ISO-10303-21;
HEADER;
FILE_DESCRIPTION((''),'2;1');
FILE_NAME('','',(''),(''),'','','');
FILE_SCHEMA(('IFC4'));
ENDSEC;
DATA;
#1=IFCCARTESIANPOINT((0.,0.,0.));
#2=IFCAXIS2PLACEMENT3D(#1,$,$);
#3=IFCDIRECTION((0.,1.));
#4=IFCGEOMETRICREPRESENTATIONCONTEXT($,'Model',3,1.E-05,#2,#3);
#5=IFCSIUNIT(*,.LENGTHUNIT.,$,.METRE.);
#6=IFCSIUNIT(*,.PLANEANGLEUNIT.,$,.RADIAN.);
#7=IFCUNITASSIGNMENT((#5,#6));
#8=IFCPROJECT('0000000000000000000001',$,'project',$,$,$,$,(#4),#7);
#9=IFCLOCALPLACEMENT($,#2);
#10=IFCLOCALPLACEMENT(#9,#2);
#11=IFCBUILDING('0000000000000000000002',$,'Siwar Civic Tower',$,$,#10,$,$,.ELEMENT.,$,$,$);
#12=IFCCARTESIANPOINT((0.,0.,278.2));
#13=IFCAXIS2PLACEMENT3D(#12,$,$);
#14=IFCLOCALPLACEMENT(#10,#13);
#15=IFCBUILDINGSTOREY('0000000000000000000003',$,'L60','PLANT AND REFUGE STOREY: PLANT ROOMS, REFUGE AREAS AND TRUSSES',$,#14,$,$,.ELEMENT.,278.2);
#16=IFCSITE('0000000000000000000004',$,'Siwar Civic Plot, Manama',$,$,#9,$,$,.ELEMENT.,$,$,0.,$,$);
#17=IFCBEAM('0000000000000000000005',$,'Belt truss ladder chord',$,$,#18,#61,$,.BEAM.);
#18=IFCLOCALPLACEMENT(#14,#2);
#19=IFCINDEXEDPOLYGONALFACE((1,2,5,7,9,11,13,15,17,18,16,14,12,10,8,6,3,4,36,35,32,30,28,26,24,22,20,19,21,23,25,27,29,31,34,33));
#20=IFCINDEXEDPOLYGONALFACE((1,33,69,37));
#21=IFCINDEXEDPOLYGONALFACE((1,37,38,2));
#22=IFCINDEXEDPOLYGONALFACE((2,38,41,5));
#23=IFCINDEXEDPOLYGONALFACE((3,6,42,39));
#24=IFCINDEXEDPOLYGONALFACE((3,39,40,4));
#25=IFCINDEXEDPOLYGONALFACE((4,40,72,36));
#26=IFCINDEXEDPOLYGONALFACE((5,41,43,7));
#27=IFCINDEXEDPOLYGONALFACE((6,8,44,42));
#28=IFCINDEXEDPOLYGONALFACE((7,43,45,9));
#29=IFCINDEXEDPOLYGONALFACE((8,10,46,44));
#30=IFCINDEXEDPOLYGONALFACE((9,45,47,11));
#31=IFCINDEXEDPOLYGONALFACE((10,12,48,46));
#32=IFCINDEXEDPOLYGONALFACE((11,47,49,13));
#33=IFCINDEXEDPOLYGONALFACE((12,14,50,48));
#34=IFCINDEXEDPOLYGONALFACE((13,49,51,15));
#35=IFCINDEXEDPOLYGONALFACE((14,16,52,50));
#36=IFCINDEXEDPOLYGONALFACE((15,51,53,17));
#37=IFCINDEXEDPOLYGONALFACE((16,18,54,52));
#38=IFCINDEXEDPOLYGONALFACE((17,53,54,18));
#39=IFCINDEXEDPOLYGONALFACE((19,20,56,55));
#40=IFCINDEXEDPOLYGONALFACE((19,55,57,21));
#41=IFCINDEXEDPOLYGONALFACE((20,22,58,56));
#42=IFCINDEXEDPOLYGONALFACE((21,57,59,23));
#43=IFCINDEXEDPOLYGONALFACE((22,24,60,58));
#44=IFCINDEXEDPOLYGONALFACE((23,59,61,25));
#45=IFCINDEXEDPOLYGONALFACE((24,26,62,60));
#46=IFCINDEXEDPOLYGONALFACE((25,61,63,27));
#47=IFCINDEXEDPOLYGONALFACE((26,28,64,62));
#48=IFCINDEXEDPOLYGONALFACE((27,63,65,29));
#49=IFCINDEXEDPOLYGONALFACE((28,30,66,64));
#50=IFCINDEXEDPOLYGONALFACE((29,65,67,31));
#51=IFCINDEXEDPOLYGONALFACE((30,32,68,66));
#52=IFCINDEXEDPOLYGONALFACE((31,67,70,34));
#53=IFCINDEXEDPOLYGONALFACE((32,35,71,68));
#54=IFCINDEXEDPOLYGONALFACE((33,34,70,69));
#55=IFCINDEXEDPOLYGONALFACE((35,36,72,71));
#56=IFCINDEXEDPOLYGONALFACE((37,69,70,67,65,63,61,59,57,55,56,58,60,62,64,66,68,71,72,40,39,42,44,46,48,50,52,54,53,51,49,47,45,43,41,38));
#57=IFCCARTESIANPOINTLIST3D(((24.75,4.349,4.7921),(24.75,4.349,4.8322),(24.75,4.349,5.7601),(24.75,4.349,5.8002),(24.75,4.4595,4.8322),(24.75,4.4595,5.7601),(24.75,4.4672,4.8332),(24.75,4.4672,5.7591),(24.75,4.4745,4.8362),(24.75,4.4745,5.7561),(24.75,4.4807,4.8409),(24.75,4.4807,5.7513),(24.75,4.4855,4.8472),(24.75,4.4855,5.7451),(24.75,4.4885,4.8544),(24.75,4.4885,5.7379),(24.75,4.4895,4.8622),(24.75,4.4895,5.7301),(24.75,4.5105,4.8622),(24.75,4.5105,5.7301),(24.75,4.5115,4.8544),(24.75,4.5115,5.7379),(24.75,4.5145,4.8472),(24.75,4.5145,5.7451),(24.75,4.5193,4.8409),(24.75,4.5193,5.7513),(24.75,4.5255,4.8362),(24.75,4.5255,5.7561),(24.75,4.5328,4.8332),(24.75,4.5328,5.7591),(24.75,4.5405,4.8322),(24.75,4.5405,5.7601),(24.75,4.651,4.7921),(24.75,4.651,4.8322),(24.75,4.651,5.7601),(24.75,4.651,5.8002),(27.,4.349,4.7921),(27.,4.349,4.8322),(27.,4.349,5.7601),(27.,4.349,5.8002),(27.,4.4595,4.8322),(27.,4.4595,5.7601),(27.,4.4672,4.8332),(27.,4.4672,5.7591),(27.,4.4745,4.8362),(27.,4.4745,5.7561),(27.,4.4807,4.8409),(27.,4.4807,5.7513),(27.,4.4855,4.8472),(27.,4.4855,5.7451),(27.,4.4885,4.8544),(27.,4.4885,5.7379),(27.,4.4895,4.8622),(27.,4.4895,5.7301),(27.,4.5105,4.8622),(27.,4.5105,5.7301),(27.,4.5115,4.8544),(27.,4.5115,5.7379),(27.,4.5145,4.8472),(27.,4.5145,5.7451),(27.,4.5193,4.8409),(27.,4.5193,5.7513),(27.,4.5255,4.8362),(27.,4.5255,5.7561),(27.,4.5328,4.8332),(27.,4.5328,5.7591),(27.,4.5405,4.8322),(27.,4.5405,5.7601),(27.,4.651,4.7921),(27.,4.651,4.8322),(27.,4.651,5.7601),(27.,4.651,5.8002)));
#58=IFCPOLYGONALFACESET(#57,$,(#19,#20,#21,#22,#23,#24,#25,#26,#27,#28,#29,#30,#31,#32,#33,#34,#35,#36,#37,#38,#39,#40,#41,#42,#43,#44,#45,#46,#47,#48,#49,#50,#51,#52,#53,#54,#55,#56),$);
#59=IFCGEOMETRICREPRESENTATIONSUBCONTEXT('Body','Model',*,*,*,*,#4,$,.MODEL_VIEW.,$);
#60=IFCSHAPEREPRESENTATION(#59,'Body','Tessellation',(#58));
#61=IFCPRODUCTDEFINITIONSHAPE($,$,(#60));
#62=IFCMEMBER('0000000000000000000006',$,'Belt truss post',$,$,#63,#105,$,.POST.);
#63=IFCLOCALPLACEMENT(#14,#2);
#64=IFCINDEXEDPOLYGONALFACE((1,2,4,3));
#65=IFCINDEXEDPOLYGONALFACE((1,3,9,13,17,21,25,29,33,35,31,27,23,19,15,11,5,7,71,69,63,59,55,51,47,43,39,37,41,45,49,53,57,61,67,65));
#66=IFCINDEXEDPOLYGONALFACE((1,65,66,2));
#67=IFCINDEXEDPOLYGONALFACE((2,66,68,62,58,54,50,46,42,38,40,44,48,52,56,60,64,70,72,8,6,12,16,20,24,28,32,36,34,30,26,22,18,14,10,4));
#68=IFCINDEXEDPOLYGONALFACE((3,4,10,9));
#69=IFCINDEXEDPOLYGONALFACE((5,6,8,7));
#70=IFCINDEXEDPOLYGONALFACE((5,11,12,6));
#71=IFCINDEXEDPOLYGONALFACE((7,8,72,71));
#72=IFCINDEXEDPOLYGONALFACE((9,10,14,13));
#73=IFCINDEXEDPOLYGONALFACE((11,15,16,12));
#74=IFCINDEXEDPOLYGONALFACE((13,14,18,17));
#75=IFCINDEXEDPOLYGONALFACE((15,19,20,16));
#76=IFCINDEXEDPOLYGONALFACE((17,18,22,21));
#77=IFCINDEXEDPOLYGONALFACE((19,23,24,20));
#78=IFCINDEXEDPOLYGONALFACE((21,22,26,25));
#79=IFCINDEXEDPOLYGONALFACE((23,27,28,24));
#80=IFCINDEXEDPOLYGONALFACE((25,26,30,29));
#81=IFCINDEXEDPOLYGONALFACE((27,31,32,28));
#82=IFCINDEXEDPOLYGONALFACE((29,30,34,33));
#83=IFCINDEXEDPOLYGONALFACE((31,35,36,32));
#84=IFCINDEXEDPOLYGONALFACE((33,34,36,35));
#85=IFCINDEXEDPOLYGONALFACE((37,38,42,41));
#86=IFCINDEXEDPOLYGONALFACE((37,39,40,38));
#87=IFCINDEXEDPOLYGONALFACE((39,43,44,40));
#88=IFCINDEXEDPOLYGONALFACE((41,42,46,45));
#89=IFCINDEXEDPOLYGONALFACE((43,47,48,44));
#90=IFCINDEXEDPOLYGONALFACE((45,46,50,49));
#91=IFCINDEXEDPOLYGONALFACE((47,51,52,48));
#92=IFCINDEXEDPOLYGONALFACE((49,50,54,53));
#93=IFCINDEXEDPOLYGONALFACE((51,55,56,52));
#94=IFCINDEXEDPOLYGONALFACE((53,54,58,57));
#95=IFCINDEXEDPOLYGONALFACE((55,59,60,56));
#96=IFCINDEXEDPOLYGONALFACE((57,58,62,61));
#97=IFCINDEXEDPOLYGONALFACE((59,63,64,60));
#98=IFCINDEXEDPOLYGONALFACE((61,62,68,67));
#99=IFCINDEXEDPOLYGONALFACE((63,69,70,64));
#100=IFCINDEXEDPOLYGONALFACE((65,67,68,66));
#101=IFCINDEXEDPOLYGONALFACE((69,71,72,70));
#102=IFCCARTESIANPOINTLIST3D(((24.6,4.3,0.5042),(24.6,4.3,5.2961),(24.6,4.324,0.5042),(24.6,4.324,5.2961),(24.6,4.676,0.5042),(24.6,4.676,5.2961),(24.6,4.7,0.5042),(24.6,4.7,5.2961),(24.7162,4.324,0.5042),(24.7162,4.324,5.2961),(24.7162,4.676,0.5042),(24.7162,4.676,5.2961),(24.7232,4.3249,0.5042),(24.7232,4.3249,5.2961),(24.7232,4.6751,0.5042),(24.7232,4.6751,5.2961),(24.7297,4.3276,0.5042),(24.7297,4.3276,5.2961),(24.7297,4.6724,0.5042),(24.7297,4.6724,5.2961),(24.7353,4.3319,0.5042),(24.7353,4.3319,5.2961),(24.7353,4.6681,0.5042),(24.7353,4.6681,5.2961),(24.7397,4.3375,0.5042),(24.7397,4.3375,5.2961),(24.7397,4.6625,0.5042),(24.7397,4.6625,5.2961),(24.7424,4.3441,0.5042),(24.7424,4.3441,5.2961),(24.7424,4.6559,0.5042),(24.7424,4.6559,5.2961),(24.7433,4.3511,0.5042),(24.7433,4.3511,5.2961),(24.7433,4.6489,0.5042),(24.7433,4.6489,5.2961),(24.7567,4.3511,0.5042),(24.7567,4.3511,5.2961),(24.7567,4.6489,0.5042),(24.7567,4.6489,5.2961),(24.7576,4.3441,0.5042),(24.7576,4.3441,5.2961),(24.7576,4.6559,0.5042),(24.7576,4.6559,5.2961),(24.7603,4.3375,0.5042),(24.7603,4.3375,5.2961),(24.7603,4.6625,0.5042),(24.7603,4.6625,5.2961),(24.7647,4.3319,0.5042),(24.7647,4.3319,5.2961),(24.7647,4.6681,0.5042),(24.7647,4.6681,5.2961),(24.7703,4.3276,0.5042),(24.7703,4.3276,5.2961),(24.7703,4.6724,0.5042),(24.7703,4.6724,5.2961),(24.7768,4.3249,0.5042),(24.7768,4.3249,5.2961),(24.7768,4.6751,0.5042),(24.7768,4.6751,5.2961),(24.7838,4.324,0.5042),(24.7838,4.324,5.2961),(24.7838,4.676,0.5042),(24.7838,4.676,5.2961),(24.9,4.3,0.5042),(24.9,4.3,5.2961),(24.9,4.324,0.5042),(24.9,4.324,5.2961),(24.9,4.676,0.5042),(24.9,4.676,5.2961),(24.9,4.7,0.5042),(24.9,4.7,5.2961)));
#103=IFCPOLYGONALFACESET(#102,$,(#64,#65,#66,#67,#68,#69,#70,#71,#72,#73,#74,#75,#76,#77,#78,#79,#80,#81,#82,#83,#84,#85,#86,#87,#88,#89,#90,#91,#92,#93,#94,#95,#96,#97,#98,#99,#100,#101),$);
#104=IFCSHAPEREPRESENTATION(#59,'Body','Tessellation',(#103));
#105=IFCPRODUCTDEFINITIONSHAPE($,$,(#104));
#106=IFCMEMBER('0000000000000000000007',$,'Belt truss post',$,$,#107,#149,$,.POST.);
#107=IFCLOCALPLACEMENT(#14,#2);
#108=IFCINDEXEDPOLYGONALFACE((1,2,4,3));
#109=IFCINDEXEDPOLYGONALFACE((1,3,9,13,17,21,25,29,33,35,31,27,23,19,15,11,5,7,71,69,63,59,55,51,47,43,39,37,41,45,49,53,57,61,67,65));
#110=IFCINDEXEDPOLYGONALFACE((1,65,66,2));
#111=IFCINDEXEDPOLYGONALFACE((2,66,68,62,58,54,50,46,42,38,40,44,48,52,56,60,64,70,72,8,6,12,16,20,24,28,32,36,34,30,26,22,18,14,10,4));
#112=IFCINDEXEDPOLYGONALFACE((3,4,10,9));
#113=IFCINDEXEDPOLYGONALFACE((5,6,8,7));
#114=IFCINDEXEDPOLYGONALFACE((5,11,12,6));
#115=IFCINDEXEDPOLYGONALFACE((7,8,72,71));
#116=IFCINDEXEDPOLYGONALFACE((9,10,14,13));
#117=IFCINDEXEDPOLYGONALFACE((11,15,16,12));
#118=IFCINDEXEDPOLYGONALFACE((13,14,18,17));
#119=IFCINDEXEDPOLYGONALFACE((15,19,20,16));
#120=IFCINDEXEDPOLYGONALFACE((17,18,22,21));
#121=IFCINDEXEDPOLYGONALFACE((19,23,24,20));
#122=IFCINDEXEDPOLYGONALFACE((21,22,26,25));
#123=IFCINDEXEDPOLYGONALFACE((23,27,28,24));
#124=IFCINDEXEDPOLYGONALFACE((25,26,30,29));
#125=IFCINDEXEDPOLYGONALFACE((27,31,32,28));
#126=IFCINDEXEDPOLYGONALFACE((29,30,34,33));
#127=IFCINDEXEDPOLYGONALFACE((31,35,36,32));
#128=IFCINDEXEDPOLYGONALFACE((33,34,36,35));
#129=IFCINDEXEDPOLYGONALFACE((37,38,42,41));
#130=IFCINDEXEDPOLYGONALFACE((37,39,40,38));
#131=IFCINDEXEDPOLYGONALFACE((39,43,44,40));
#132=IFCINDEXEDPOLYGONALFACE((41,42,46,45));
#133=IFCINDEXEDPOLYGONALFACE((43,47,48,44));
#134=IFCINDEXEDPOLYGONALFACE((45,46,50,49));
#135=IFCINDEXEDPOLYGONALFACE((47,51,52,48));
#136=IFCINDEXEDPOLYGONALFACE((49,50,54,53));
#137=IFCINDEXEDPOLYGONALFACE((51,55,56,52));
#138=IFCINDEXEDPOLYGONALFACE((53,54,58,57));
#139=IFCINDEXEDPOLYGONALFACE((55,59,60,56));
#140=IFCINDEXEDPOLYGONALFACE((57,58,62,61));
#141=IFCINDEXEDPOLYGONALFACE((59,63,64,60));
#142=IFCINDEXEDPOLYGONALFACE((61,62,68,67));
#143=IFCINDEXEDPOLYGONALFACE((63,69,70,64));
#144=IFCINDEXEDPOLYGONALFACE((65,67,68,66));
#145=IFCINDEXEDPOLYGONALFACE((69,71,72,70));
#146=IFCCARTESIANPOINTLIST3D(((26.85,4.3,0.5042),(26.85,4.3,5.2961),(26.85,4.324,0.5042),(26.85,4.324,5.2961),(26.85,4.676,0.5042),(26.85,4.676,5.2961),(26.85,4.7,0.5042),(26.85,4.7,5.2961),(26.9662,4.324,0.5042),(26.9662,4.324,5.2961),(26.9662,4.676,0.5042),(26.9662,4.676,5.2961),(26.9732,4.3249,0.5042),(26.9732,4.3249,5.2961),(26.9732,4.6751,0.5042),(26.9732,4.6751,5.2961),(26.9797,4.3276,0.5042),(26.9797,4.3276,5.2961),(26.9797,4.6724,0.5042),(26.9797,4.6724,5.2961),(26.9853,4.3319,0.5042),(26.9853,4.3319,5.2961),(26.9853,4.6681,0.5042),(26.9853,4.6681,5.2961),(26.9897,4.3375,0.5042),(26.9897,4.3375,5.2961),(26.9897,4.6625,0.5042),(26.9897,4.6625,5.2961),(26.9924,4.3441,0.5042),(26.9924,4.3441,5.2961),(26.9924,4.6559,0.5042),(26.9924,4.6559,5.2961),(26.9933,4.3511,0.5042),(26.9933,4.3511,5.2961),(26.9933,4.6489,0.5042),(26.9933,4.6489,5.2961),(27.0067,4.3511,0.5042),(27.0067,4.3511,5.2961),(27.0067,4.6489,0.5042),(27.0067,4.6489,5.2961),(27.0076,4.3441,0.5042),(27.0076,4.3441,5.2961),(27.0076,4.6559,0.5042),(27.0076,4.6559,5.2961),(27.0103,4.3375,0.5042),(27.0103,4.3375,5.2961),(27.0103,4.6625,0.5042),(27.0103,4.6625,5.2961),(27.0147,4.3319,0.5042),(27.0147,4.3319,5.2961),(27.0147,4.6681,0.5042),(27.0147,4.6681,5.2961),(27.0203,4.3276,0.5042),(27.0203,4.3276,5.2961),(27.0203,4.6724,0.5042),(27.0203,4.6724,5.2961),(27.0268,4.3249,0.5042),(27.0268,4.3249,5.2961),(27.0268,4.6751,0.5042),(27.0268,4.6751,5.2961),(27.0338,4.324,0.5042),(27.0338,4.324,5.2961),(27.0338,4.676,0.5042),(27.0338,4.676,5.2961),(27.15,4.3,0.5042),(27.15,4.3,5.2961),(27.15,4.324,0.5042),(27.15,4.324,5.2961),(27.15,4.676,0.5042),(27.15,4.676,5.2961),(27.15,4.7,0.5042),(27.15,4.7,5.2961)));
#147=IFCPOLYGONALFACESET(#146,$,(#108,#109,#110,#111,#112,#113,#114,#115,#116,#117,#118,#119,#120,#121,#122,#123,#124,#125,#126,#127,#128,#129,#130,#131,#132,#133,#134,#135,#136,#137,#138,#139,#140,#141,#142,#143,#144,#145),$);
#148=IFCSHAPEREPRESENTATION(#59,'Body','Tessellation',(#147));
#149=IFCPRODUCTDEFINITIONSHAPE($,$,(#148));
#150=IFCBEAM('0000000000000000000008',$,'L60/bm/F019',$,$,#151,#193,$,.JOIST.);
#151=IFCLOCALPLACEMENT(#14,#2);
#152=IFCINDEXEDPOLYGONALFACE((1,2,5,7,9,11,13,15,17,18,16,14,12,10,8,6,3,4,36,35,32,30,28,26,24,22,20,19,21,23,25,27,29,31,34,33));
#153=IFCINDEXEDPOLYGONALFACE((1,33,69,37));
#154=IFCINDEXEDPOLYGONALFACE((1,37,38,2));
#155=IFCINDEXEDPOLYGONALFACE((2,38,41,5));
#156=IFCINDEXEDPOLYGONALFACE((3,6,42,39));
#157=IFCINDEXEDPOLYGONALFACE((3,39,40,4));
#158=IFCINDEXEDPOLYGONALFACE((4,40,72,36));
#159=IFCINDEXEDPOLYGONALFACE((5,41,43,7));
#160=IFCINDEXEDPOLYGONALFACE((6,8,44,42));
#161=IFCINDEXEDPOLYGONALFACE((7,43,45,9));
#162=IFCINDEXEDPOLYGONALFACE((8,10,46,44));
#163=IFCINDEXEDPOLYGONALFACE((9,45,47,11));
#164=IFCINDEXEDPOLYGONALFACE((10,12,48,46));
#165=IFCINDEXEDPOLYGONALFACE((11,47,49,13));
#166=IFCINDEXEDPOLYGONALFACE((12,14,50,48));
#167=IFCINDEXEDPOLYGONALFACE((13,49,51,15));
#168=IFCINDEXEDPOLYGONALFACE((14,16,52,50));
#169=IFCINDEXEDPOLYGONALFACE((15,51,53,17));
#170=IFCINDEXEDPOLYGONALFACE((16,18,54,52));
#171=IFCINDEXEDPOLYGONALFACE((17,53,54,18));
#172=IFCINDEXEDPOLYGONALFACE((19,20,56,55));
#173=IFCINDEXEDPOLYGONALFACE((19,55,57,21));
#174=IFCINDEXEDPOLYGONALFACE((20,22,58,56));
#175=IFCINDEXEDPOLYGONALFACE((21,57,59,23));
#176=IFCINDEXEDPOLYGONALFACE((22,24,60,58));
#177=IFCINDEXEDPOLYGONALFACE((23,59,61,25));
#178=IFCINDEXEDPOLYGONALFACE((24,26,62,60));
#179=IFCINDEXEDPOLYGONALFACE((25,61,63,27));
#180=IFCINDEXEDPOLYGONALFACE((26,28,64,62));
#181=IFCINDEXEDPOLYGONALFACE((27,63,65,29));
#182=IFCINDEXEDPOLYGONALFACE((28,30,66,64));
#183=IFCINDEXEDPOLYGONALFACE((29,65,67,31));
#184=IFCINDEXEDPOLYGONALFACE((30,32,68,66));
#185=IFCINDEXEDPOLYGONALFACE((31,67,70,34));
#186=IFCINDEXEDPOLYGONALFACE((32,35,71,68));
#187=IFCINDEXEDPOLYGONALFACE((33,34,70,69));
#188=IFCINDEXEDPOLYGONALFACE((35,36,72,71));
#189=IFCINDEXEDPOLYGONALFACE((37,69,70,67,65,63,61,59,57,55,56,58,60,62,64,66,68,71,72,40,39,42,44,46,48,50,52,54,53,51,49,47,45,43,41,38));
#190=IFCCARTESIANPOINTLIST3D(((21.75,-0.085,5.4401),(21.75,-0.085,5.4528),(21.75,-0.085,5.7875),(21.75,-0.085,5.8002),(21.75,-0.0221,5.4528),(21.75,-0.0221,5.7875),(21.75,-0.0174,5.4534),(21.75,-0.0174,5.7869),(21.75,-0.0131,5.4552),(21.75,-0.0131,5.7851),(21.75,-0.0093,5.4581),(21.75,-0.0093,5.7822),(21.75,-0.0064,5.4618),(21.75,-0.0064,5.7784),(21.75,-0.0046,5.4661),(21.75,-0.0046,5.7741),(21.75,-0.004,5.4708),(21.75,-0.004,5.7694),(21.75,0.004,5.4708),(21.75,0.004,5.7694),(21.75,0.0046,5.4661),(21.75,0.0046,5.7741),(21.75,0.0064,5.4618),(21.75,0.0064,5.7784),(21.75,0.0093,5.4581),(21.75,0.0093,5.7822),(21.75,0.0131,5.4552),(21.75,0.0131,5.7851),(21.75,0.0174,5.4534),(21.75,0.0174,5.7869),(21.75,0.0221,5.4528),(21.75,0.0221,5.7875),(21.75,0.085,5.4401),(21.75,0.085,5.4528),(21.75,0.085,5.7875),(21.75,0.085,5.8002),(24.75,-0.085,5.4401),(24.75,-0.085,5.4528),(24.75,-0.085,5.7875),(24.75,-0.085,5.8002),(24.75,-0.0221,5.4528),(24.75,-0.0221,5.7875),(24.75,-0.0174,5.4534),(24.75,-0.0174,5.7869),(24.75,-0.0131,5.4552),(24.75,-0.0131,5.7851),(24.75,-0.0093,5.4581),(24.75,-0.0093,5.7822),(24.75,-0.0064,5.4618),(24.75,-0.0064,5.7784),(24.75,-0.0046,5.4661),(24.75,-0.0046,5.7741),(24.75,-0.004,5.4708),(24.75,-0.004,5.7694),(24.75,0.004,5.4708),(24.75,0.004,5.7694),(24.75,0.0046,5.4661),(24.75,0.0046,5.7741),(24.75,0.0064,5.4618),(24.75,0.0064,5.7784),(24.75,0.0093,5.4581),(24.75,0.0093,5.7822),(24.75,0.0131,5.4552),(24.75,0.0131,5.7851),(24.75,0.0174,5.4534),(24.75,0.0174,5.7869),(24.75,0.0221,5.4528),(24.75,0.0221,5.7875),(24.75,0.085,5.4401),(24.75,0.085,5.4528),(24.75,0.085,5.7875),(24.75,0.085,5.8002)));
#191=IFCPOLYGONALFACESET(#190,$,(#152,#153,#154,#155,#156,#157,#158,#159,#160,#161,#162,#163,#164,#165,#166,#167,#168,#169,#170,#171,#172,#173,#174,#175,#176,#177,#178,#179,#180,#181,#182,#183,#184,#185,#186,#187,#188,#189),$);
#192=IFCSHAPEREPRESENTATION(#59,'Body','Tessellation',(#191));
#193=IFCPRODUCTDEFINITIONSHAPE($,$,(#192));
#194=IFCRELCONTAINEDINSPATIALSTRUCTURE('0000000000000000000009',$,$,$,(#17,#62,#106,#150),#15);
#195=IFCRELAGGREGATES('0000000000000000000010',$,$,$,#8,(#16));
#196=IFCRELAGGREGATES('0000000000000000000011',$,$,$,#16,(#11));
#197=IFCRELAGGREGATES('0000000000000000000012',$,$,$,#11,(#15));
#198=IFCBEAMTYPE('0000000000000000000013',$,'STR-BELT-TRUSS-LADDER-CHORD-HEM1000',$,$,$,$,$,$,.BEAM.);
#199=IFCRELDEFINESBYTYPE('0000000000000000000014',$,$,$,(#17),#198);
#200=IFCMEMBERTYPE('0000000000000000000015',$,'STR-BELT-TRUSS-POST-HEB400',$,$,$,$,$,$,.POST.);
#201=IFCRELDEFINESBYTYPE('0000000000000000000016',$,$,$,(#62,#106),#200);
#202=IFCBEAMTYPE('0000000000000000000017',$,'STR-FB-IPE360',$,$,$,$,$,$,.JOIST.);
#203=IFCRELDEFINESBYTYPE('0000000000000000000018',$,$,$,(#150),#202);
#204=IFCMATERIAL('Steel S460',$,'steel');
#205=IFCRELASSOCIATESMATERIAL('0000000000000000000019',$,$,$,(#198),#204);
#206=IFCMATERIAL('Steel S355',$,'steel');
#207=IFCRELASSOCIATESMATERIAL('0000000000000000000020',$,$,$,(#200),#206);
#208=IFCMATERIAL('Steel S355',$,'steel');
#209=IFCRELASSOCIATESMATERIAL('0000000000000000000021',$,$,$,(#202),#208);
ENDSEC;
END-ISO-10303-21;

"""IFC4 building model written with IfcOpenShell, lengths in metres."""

from ifc_helpers import new_model, si_unit, direction, frame, origin, origin_2d, place, context, subcontext, project, spatial, i_section, extrude, material, material_profile, profile_set, type_object, element, save


model = new_model("IFC4")

# Units and contexts
model_context = context("Model", 3, precision=1e-05, world=origin(), true_north=direction((0.0, 1.0)))
body_context = subcontext(model_context, "Body", "Model", "MODEL_VIEW")
ifc_project = project(units=[si_unit("LENGTHUNIT", "METRE"), si_unit("PLANEANGLEUNIT", "RADIAN")], contexts=[model_context])

# Site, building, storey
site_placement = place(None, origin())
site = spatial("IfcSite", under=ifc_project, at=site_placement, Name="Siwar Civic Plot, Manama", CompositionType="ELEMENT", RefElevation=0.0)
building_placement = place(site_placement, origin())
building = spatial("IfcBuilding", under=site, at=building_placement, Name="Siwar Civic Tower", CompositionType="ELEMENT")
storey_placement = place(building_placement, frame((0.0, 0.0, 278.2)))
storey = spatial("IfcBuildingStorey", under=building, at=storey_placement, Name="L60", Description="PLANT AND REFUGE STOREY: PLANT ROOMS, REFUGE AREAS AND TRUSSES", CompositionType="ELEMENT", Elevation=278.2)

# Beam
ifc_material_1 = material(Name="Steel S460", Category="steel")
ifc_material_profile_1 = material_profile(ifc_material_1, i_section(OverallWidth=0.302, OverallDepth=1.0081, WebThickness=0.021, FlangeThickness=0.04, FilletRadius=0.03, at=origin_2d()), Name="HEM1000")
ifc_profile_set_1 = profile_set([ifc_material_profile_1], Name="Steel S460")
beam_type_1 = type_object("IfcBeamType", Name="STR-BELT-TRUSS-LADDER-CHORD-HEM1000", PredefinedType="BEAM", material=ifc_profile_set_1)
for number, where, z_axis, x_axis, name in (
    (1, (24.75, 4.5, 5.2961), (1.0, 0.0, 0.0), (0.0, 1.0, 0.0), "Belt truss ladder chord"),
):
    element("IfcBeam", number, at=place(storey_placement, frame(where, z_axis=z_axis, x_axis=x_axis)), inside=storey, type_object=beam_type_1, Name=name, PredefinedType="BEAM", context=body_context, shape_type="SweptSolid", body=[
        extrude(i_section(OverallWidth=0.302, OverallDepth=1.0081, WebThickness=0.021, FlangeThickness=0.04, FilletRadius=0.03, at=origin_2d()), origin(), (0.0, 0.0, 1.0), 2.25),
    ])

# Members
ifc_material_2 = material(Name="Steel S355", Category="steel")
ifc_material_profile_2 = material_profile(ifc_material_2, i_section(OverallWidth=0.3, OverallDepth=0.3999, WebThickness=0.0134, FlangeThickness=0.0239, FilletRadius=0.0271, at=origin_2d()), Name="HEB400")
ifc_profile_set_2 = profile_set([ifc_material_profile_2], Name="Steel S355")
member_type_1 = type_object("IfcMemberType", Name="STR-BELT-TRUSS-POST-HEB400", PredefinedType="POST", material=ifc_profile_set_2)
for number, where, z_axis, x_axis, name in (
    (2, (24.75, 4.5, 0.5042), (0.0, 0.0, 1.0), (1.0, 0.0, 0.0), "Belt truss post"),
    (3, (27.0, 4.5, 0.5042), (0.0, 0.0, 1.0), (1.0, 0.0, 0.0), "Belt truss post"),
):
    element("IfcMember", number, at=place(storey_placement, frame(where, z_axis=z_axis, x_axis=x_axis)), inside=storey, type_object=member_type_1, Name=name, PredefinedType="POST", context=body_context, shape_type="SweptSolid", body=[
        extrude(i_section(OverallWidth=0.3, OverallDepth=0.3999, WebThickness=0.0134, FlangeThickness=0.0239, FilletRadius=0.0271, at=origin_2d()), origin(), (0.0, 0.0, 1.0), 4.792),
    ])

# Beam
ifc_material_3 = material(Name="Steel S355", Category="steel")
ifc_material_profile_3 = material_profile(ifc_material_3, i_section(OverallWidth=0.1699, OverallDepth=0.3601, WebThickness=0.0081, FlangeThickness=0.0127, FilletRadius=0.0181, at=origin_2d()), Name="IPE360")
ifc_profile_set_3 = profile_set([ifc_material_profile_3], Name="Steel S355")
beam_type_2 = type_object("IfcBeamType", Name="STR-FB-IPE360", PredefinedType="JOIST", material=ifc_profile_set_3)
for number, where, z_axis, x_axis, name in (
    (4, (21.75, 0.0, 5.6201), (1.0, 0.0, 0.0), (0.0, 1.0, 0.0), "L60/bm/F019"),
):
    element("IfcBeam", number, at=place(storey_placement, frame(where, z_axis=z_axis, x_axis=x_axis)), inside=storey, type_object=beam_type_2, Name=name, PredefinedType="JOIST", context=body_context, shape_type="SweptSolid", body=[
        extrude(i_section(OverallWidth=0.1699, OverallDepth=0.3601, WebThickness=0.0081, FlangeThickness=0.0127, FilletRadius=0.0181, at=origin_2d()), origin(), (0.0, 0.0, 1.0), 3.0),
    ])

save(model, "model.ifc")
